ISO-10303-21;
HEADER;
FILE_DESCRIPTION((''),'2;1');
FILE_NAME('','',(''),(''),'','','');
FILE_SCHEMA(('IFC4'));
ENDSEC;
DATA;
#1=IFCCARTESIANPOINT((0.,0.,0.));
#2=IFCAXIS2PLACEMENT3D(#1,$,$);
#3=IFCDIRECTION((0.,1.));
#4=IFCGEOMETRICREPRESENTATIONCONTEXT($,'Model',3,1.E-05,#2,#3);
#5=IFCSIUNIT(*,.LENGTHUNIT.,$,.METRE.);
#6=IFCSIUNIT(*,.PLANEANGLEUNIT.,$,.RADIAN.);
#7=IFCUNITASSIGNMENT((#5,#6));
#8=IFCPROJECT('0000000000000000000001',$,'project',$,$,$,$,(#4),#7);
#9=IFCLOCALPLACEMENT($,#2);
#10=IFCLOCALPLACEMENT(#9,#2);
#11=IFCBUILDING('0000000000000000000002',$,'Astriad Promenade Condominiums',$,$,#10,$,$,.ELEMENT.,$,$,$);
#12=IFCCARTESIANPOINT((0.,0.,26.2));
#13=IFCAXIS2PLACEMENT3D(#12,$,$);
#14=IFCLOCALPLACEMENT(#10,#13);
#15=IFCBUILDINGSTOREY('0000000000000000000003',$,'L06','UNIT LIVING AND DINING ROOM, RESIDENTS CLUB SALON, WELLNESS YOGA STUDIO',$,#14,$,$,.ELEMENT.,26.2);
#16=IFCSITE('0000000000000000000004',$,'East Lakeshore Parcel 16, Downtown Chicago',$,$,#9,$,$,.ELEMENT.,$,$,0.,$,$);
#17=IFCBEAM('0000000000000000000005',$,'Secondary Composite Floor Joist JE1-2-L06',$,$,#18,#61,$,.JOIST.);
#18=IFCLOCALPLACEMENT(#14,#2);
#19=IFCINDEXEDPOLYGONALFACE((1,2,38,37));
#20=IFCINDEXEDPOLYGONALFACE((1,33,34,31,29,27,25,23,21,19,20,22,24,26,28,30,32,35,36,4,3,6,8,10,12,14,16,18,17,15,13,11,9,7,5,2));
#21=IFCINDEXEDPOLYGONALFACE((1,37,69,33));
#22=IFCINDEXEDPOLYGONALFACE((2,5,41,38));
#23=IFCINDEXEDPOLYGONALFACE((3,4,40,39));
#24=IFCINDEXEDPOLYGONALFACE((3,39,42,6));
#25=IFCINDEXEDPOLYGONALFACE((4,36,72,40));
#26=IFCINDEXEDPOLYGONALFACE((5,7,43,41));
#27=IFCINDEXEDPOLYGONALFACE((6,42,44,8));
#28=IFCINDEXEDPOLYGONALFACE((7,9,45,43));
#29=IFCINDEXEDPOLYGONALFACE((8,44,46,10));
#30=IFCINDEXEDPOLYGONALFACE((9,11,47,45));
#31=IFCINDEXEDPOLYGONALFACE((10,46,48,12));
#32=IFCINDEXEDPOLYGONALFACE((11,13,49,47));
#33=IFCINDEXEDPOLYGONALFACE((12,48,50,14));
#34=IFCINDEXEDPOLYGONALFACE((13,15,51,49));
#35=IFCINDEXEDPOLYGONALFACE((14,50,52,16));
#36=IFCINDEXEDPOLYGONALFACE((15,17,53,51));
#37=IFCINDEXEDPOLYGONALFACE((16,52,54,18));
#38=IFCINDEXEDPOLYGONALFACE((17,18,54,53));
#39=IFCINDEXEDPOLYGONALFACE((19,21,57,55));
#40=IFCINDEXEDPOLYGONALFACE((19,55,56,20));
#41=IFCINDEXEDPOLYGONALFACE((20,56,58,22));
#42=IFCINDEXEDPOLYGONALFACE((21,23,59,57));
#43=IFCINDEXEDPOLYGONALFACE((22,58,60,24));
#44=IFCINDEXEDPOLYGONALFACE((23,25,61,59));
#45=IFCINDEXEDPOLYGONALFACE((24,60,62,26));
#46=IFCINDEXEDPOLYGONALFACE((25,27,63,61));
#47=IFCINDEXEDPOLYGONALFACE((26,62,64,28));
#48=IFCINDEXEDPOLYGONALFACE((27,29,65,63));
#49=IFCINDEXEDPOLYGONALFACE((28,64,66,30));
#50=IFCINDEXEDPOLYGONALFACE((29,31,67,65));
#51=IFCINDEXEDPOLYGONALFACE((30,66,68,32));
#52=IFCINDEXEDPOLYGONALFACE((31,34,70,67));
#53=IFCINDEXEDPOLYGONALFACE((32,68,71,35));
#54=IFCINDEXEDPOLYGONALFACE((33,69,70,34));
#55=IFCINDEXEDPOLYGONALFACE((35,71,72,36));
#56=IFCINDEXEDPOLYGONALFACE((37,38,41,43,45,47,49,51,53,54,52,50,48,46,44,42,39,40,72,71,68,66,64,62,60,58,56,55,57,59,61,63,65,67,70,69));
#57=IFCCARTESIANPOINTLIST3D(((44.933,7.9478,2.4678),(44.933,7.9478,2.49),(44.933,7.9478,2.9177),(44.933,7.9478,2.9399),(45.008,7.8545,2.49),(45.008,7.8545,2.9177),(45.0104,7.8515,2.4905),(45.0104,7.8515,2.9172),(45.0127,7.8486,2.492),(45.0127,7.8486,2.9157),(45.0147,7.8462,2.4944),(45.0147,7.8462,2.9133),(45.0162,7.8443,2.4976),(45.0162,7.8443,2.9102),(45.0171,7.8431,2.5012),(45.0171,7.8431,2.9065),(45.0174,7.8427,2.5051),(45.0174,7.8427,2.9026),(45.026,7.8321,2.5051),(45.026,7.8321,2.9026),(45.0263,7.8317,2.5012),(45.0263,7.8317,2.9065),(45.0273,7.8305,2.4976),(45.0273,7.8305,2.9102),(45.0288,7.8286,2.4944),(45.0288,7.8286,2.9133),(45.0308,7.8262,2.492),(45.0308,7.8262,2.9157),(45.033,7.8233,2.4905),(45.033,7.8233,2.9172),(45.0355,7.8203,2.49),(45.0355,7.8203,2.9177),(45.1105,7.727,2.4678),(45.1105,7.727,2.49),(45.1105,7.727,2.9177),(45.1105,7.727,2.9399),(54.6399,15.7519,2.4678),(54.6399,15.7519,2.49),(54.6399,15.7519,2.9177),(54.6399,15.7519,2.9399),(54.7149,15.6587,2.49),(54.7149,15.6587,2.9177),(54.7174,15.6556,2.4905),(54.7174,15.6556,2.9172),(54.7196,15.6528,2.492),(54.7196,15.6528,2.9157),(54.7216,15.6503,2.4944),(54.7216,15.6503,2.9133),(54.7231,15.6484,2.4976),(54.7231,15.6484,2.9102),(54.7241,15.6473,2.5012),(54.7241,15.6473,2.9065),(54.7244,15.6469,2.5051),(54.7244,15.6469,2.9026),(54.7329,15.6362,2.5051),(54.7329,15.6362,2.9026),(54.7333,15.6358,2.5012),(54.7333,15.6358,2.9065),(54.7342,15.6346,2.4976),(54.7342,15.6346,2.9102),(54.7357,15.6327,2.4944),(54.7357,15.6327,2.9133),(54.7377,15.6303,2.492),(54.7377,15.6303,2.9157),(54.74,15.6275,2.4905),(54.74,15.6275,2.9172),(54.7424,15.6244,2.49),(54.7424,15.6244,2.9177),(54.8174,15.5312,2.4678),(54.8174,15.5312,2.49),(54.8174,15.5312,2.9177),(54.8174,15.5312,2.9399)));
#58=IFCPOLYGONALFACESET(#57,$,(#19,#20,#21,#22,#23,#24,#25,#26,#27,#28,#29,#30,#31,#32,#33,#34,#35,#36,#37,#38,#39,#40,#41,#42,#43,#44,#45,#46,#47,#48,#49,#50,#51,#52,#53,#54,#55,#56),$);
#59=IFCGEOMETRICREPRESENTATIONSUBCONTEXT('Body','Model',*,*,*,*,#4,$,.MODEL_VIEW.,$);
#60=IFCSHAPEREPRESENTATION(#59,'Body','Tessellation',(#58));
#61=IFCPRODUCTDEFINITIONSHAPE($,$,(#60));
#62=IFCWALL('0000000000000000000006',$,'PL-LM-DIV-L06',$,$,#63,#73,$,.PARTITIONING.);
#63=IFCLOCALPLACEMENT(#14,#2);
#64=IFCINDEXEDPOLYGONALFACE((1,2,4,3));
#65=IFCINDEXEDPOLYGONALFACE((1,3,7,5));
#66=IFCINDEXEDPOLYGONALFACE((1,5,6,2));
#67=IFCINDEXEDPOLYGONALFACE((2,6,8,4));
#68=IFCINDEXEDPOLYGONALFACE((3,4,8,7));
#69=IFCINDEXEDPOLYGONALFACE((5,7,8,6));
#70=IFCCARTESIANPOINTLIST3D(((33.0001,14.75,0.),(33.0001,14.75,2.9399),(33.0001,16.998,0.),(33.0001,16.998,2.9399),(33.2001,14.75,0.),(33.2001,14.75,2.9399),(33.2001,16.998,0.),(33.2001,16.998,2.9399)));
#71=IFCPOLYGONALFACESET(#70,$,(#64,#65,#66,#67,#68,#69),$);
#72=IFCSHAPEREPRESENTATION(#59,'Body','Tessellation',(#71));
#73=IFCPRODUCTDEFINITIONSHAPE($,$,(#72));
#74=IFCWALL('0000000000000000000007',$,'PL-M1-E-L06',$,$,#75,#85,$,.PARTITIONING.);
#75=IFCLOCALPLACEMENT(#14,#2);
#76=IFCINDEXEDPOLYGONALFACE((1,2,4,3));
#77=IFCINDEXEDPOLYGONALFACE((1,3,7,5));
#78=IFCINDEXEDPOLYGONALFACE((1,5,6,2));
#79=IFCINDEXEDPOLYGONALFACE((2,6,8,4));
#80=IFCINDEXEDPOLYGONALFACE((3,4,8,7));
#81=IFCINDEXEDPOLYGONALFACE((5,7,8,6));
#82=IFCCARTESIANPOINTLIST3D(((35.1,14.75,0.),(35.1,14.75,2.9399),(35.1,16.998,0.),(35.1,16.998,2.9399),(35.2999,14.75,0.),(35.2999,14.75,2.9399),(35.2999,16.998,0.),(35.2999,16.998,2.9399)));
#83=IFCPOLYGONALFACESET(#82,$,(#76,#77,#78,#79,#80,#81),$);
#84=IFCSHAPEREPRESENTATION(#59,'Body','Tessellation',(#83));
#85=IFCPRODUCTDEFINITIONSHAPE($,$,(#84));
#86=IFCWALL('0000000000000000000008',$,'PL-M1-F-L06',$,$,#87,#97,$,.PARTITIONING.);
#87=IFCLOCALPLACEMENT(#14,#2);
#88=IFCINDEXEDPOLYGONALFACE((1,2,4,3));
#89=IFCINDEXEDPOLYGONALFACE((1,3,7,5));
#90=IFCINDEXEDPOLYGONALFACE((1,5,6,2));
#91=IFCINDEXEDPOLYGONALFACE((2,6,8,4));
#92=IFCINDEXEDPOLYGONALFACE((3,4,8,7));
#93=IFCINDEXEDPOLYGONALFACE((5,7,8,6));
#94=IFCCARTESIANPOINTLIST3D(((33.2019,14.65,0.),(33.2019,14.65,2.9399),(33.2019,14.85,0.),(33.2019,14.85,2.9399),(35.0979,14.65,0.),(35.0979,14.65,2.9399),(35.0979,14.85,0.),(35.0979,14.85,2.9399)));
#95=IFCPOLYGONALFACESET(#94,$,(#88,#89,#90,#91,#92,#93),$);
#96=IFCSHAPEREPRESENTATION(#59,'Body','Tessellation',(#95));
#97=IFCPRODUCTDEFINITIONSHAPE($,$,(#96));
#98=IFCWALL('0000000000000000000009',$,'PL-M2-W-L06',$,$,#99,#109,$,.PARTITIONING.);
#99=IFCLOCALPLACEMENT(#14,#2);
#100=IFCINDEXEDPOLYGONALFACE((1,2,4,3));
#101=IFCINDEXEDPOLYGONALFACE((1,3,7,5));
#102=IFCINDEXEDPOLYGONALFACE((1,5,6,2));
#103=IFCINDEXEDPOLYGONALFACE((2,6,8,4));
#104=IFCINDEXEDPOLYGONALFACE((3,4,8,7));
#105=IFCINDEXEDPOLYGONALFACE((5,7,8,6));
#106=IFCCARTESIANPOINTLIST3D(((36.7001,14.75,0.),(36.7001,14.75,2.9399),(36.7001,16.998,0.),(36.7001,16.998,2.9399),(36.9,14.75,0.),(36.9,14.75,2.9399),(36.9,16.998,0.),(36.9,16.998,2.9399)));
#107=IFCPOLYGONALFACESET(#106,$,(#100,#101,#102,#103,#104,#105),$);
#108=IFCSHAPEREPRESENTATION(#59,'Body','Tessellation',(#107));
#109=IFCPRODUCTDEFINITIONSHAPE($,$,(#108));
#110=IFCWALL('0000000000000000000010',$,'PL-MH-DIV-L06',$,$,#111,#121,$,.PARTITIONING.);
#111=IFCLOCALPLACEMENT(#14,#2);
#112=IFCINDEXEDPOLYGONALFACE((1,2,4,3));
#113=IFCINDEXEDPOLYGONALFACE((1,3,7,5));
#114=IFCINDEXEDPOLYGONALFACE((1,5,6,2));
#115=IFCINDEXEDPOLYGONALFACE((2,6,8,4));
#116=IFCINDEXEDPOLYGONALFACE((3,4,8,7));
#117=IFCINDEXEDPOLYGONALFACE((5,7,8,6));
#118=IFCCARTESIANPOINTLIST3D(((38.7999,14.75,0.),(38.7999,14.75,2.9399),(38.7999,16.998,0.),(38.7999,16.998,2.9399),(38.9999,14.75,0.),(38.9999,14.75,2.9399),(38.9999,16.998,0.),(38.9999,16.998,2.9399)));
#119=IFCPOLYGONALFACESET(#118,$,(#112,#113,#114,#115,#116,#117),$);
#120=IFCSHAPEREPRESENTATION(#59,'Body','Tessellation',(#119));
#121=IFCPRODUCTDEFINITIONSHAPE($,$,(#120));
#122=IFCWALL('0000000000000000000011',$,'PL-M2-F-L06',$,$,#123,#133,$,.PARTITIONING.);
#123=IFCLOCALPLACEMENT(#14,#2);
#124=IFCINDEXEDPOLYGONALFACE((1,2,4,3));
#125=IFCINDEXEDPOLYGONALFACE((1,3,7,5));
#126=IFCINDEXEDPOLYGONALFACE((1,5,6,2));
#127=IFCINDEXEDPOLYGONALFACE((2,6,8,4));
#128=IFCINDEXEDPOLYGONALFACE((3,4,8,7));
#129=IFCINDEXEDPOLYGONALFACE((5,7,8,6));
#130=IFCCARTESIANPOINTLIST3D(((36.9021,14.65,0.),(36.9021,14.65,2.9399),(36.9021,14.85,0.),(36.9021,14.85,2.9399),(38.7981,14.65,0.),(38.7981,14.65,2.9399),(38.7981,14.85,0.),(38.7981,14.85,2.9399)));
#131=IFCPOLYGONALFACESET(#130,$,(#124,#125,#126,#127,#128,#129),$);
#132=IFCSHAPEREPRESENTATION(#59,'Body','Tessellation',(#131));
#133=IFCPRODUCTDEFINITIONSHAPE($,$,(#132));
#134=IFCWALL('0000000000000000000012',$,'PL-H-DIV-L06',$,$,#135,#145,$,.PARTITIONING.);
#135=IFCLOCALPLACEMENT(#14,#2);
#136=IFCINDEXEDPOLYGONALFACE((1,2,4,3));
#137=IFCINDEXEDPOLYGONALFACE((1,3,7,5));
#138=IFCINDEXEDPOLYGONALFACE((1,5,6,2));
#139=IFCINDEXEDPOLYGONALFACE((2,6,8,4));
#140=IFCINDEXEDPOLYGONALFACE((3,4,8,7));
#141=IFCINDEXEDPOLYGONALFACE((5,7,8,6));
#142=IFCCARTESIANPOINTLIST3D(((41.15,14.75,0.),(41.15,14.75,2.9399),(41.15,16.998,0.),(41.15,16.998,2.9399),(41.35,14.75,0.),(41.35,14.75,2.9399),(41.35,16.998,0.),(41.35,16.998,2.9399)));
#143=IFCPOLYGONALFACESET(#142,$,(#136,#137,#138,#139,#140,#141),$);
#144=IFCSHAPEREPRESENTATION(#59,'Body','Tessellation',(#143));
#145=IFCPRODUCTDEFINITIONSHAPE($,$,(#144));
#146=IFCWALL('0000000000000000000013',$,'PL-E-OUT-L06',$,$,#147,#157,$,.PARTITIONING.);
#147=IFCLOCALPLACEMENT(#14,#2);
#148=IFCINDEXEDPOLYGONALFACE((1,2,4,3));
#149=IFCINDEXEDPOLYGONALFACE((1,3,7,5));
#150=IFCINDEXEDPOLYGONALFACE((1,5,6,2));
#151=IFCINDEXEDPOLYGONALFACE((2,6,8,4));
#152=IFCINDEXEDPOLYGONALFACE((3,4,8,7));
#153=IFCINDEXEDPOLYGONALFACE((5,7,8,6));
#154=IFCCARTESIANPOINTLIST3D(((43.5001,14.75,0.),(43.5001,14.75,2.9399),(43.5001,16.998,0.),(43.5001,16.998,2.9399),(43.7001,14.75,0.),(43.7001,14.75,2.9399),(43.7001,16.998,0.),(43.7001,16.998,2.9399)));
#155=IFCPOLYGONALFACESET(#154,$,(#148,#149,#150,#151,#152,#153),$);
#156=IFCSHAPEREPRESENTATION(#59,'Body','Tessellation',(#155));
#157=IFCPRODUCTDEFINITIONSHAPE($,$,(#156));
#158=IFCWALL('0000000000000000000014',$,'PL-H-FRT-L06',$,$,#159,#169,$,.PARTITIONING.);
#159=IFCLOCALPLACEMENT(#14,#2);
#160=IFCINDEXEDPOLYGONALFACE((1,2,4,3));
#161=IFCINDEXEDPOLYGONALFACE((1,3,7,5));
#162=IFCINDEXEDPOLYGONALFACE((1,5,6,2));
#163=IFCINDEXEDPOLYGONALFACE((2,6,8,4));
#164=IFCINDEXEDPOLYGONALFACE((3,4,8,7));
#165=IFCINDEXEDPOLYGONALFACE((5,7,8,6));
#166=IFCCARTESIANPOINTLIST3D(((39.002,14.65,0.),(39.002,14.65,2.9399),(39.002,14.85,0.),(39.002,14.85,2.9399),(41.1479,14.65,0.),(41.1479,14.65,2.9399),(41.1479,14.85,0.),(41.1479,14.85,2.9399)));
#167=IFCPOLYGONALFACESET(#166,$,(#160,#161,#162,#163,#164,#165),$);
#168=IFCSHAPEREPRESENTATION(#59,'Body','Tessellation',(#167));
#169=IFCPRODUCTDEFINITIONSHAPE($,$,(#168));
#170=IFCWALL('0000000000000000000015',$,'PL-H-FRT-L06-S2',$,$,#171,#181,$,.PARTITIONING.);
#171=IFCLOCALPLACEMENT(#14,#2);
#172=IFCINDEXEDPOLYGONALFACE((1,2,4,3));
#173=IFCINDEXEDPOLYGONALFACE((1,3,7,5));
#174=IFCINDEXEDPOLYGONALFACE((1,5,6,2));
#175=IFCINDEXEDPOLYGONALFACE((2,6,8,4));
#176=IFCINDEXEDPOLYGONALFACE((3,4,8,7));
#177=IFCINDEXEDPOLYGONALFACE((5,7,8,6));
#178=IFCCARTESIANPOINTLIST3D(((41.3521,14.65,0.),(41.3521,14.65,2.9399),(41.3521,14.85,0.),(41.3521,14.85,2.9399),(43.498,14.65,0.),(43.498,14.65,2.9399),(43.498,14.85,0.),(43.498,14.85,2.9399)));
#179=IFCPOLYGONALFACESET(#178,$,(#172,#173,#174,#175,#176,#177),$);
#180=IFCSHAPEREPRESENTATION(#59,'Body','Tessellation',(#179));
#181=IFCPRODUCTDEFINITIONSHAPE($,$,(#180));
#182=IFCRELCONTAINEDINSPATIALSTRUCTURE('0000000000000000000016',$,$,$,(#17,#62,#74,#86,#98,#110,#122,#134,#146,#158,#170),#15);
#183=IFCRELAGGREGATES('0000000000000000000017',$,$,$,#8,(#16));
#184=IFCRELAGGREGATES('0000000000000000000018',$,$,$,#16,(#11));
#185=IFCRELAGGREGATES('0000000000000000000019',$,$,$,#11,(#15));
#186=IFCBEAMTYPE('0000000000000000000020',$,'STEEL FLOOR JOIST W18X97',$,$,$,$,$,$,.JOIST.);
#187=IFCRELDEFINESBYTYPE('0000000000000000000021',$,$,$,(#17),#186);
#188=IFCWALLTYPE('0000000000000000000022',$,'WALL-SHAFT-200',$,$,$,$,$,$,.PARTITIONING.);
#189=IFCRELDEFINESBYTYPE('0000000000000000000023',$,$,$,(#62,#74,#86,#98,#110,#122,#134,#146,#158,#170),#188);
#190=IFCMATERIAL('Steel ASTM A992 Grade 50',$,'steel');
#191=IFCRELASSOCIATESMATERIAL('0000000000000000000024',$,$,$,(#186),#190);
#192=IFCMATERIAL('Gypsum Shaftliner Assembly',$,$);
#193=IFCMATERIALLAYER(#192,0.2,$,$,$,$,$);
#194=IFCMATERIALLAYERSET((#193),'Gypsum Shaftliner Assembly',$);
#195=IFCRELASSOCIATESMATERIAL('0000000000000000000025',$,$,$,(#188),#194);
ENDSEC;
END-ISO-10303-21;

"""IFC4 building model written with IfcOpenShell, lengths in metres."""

from ifc_helpers import new_model, si_unit, direction, frame, frame_2d, origin, origin_2d, place, context, subcontext, project, spatial, rectangle, i_section, extrude, source, transform, mapped, material, layer, layer_set, material_profile, profile_set, type_object, element, save


model = new_model("IFC4")

# Units and contexts
model_context = context("Model", 3, precision=1e-05, world=origin(), true_north=direction((0.0, 1.0)))
body_context = subcontext(model_context, "Body", "Model", "MODEL_VIEW")
ifc_project = project(units=[si_unit("LENGTHUNIT", "METRE"), si_unit("PLANEANGLEUNIT", "RADIAN")], contexts=[model_context])

# Site, building, storey
site_placement = place(None, origin())
site = spatial("IfcSite", under=ifc_project, at=site_placement, Name="East Lakeshore Parcel 16, Downtown Chicago", CompositionType="ELEMENT", RefElevation=0.0)
building_placement = place(site_placement, origin())
building = spatial("IfcBuilding", under=site, at=building_placement, Name="Astriad Promenade Condominiums", CompositionType="ELEMENT")
storey_placement = place(building_placement, frame((0.0, 0.0, 26.2)))
storey = spatial("IfcBuildingStorey", under=building, at=storey_placement, Name="L06", Description="UNIT LIVING AND DINING ROOM, RESIDENTS CLUB SALON, WELLNESS YOGA STUDIO", CompositionType="ELEMENT", Elevation=26.2)

# Shared definitions
ifc_material_1 = material(Name="Steel ASTM A992 Grade 50", Category="steel")

# Beam
ifc_material_profile_1 = material_profile(ifc_material_1, i_section(OverallWidth=0.2832, OverallDepth=0.4722, WebThickness=0.0137, FlangeThickness=0.0222, FilletRadius=0.0151, at=origin_2d()), Name="W18X97")
ifc_profile_set_1 = profile_set([ifc_material_profile_1], Name="Steel ASTM A992 Grade 50")
beam_type_1 = type_object("IfcBeamType", Name="STEEL FLOOR JOIST W18X97", PredefinedType="JOIST", material=ifc_profile_set_1)
shared_shape_1 = source(origin(), body_context, "Body", "SweptSolid", [
    extrude(i_section(OverallWidth=0.2832, OverallDepth=0.4722, WebThickness=0.0137, FlangeThickness=0.0222, FilletRadius=0.0151, at=origin_2d()), origin(), (0.0, 0.0, 1.0), 12.4551),
])
beam_1_placement = place(storey_placement, frame((45.0217, 7.8374, 2.7039), z_axis=(0.779356, 0.626582, 0.0), x_axis=(-0.626582, 0.779356, 0.0)))
element("IfcBeam", 1, at=beam_1_placement, inside=storey, type_object=beam_type_1, Name="Secondary Composite Floor Joist JE1-2-L06", PredefinedType="JOIST", context=body_context, shape_type="MappedRepresentation", body=[
    mapped(shared_shape_1, transform((0.0, 0.0, 0.0), scale=1.0)),
])

# Walls
ifc_material_2 = material(Name="Gypsum Shaftliner Assembly")
ifc_layer = layer(ifc_material_2, 0.2)
ifc_layer_set = layer_set([ifc_layer], Name="Gypsum Shaftliner Assembly")
wall_type = type_object("IfcWallType", Name="WALL-SHAFT-200", PredefinedType="PARTITIONING", material=ifc_layer_set)
for number, where, z_axis, x_axis, name in (
    (2, (33.1001, 14.75, 0.0), (0.0, 0.0, 1.0), (0.0, 1.0, 0.0), "PL-LM-DIV-L06"),
    (3, (35.2, 14.75, 0.0), (0.0, 0.0, 1.0), (0.0, 1.0, 0.0), "PL-M1-E-L06"),
):
    element("IfcWall", number, at=place(storey_placement, frame(where, z_axis=z_axis, x_axis=x_axis)), inside=storey, type_object=wall_type, Name=name, PredefinedType="PARTITIONING", context=body_context, shape_type="SweptSolid", body=[
        extrude(rectangle(XDim=2.248, YDim=0.2, at=frame_2d((1.124, 0.0))), origin(), (0.0, 0.0, 1.0), 2.9399),
    ])
wall_1_placement = place(storey_placement, frame((33.2019, 14.75, 0.0), z_axis=(0.0, 0.0, 1.0), x_axis=(1.0, 0.0, 0.0)))
element("IfcWall", 4, at=wall_1_placement, inside=storey, type_object=wall_type, Name="PL-M1-F-L06", PredefinedType="PARTITIONING", context=body_context, shape_type="SweptSolid", body=[
    extrude(rectangle(XDim=1.896, YDim=0.2, at=frame_2d((0.948, 0.0))), origin(), (0.0, 0.0, 1.0), 2.9399),
])
for number, where, z_axis, x_axis, name in (
    (5, (36.8, 14.75, 0.0), (0.0, 0.0, 1.0), (0.0, 1.0, 0.0), "PL-M2-W-L06"),
    (6, (38.8999, 14.75, 0.0), (0.0, 0.0, 1.0), (0.0, 1.0, 0.0), "PL-MH-DIV-L06"),
):
    element("IfcWall", number, at=place(storey_placement, frame(where, z_axis=z_axis, x_axis=x_axis)), inside=storey, type_object=wall_type, Name=name, PredefinedType="PARTITIONING", context=body_context, shape_type="SweptSolid", body=[
        extrude(rectangle(XDim=2.248, YDim=0.2, at=frame_2d((1.124, 0.0))), origin(), (0.0, 0.0, 1.0), 2.9399),
    ])
wall_2_placement = place(storey_placement, frame((36.9021, 14.75, 0.0), z_axis=(0.0, 0.0, 1.0), x_axis=(1.0, 0.0, 0.0)))
element("IfcWall", 7, at=wall_2_placement, inside=storey, type_object=wall_type, Name="PL-M2-F-L06", PredefinedType="PARTITIONING", context=body_context, shape_type="SweptSolid", body=[
    extrude(rectangle(XDim=1.896, YDim=0.2, at=frame_2d((0.948, 0.0))), origin(), (0.0, 0.0, 1.0), 2.9399),
])
for number, where, z_axis, x_axis, name in (
    (8, (41.25, 14.75, 0.0), (0.0, 0.0, 1.0), (0.0, 1.0, 0.0), "PL-H-DIV-L06"),
    (9, (43.6001, 14.75, 0.0), (0.0, 0.0, 1.0), (0.0, 1.0, 0.0), "PL-E-OUT-L06"),
):
    element("IfcWall", number, at=place(storey_placement, frame(where, z_axis=z_axis, x_axis=x_axis)), inside=storey, type_object=wall_type, Name=name, PredefinedType="PARTITIONING", context=body_context, shape_type="SweptSolid", body=[
        extrude(rectangle(XDim=2.248, YDim=0.2, at=frame_2d((1.124, 0.0))), origin(), (0.0, 0.0, 1.0), 2.9399),
    ])
for number, where, z_axis, x_axis, name in (
    (10, (39.002, 14.75, 0.0), (0.0, 0.0, 1.0), (1.0, 0.0, 0.0), "PL-H-FRT-L06"),
    (11, (41.3521, 14.75, 0.0), (0.0, 0.0, 1.0), (1.0, 0.0, 0.0), "PL-H-FRT-L06-S2"),
):
    element("IfcWall", number, at=place(storey_placement, frame(where, z_axis=z_axis, x_axis=x_axis)), inside=storey, type_object=wall_type, Name=name, PredefinedType="PARTITIONING", context=body_context, shape_type="SweptSolid", body=[
        extrude(rectangle(XDim=2.146, YDim=0.2, at=frame_2d((1.073, 0.0))), origin(), (0.0, 0.0, 1.0), 2.9399),
    ])

save(model, "model.ifc")
